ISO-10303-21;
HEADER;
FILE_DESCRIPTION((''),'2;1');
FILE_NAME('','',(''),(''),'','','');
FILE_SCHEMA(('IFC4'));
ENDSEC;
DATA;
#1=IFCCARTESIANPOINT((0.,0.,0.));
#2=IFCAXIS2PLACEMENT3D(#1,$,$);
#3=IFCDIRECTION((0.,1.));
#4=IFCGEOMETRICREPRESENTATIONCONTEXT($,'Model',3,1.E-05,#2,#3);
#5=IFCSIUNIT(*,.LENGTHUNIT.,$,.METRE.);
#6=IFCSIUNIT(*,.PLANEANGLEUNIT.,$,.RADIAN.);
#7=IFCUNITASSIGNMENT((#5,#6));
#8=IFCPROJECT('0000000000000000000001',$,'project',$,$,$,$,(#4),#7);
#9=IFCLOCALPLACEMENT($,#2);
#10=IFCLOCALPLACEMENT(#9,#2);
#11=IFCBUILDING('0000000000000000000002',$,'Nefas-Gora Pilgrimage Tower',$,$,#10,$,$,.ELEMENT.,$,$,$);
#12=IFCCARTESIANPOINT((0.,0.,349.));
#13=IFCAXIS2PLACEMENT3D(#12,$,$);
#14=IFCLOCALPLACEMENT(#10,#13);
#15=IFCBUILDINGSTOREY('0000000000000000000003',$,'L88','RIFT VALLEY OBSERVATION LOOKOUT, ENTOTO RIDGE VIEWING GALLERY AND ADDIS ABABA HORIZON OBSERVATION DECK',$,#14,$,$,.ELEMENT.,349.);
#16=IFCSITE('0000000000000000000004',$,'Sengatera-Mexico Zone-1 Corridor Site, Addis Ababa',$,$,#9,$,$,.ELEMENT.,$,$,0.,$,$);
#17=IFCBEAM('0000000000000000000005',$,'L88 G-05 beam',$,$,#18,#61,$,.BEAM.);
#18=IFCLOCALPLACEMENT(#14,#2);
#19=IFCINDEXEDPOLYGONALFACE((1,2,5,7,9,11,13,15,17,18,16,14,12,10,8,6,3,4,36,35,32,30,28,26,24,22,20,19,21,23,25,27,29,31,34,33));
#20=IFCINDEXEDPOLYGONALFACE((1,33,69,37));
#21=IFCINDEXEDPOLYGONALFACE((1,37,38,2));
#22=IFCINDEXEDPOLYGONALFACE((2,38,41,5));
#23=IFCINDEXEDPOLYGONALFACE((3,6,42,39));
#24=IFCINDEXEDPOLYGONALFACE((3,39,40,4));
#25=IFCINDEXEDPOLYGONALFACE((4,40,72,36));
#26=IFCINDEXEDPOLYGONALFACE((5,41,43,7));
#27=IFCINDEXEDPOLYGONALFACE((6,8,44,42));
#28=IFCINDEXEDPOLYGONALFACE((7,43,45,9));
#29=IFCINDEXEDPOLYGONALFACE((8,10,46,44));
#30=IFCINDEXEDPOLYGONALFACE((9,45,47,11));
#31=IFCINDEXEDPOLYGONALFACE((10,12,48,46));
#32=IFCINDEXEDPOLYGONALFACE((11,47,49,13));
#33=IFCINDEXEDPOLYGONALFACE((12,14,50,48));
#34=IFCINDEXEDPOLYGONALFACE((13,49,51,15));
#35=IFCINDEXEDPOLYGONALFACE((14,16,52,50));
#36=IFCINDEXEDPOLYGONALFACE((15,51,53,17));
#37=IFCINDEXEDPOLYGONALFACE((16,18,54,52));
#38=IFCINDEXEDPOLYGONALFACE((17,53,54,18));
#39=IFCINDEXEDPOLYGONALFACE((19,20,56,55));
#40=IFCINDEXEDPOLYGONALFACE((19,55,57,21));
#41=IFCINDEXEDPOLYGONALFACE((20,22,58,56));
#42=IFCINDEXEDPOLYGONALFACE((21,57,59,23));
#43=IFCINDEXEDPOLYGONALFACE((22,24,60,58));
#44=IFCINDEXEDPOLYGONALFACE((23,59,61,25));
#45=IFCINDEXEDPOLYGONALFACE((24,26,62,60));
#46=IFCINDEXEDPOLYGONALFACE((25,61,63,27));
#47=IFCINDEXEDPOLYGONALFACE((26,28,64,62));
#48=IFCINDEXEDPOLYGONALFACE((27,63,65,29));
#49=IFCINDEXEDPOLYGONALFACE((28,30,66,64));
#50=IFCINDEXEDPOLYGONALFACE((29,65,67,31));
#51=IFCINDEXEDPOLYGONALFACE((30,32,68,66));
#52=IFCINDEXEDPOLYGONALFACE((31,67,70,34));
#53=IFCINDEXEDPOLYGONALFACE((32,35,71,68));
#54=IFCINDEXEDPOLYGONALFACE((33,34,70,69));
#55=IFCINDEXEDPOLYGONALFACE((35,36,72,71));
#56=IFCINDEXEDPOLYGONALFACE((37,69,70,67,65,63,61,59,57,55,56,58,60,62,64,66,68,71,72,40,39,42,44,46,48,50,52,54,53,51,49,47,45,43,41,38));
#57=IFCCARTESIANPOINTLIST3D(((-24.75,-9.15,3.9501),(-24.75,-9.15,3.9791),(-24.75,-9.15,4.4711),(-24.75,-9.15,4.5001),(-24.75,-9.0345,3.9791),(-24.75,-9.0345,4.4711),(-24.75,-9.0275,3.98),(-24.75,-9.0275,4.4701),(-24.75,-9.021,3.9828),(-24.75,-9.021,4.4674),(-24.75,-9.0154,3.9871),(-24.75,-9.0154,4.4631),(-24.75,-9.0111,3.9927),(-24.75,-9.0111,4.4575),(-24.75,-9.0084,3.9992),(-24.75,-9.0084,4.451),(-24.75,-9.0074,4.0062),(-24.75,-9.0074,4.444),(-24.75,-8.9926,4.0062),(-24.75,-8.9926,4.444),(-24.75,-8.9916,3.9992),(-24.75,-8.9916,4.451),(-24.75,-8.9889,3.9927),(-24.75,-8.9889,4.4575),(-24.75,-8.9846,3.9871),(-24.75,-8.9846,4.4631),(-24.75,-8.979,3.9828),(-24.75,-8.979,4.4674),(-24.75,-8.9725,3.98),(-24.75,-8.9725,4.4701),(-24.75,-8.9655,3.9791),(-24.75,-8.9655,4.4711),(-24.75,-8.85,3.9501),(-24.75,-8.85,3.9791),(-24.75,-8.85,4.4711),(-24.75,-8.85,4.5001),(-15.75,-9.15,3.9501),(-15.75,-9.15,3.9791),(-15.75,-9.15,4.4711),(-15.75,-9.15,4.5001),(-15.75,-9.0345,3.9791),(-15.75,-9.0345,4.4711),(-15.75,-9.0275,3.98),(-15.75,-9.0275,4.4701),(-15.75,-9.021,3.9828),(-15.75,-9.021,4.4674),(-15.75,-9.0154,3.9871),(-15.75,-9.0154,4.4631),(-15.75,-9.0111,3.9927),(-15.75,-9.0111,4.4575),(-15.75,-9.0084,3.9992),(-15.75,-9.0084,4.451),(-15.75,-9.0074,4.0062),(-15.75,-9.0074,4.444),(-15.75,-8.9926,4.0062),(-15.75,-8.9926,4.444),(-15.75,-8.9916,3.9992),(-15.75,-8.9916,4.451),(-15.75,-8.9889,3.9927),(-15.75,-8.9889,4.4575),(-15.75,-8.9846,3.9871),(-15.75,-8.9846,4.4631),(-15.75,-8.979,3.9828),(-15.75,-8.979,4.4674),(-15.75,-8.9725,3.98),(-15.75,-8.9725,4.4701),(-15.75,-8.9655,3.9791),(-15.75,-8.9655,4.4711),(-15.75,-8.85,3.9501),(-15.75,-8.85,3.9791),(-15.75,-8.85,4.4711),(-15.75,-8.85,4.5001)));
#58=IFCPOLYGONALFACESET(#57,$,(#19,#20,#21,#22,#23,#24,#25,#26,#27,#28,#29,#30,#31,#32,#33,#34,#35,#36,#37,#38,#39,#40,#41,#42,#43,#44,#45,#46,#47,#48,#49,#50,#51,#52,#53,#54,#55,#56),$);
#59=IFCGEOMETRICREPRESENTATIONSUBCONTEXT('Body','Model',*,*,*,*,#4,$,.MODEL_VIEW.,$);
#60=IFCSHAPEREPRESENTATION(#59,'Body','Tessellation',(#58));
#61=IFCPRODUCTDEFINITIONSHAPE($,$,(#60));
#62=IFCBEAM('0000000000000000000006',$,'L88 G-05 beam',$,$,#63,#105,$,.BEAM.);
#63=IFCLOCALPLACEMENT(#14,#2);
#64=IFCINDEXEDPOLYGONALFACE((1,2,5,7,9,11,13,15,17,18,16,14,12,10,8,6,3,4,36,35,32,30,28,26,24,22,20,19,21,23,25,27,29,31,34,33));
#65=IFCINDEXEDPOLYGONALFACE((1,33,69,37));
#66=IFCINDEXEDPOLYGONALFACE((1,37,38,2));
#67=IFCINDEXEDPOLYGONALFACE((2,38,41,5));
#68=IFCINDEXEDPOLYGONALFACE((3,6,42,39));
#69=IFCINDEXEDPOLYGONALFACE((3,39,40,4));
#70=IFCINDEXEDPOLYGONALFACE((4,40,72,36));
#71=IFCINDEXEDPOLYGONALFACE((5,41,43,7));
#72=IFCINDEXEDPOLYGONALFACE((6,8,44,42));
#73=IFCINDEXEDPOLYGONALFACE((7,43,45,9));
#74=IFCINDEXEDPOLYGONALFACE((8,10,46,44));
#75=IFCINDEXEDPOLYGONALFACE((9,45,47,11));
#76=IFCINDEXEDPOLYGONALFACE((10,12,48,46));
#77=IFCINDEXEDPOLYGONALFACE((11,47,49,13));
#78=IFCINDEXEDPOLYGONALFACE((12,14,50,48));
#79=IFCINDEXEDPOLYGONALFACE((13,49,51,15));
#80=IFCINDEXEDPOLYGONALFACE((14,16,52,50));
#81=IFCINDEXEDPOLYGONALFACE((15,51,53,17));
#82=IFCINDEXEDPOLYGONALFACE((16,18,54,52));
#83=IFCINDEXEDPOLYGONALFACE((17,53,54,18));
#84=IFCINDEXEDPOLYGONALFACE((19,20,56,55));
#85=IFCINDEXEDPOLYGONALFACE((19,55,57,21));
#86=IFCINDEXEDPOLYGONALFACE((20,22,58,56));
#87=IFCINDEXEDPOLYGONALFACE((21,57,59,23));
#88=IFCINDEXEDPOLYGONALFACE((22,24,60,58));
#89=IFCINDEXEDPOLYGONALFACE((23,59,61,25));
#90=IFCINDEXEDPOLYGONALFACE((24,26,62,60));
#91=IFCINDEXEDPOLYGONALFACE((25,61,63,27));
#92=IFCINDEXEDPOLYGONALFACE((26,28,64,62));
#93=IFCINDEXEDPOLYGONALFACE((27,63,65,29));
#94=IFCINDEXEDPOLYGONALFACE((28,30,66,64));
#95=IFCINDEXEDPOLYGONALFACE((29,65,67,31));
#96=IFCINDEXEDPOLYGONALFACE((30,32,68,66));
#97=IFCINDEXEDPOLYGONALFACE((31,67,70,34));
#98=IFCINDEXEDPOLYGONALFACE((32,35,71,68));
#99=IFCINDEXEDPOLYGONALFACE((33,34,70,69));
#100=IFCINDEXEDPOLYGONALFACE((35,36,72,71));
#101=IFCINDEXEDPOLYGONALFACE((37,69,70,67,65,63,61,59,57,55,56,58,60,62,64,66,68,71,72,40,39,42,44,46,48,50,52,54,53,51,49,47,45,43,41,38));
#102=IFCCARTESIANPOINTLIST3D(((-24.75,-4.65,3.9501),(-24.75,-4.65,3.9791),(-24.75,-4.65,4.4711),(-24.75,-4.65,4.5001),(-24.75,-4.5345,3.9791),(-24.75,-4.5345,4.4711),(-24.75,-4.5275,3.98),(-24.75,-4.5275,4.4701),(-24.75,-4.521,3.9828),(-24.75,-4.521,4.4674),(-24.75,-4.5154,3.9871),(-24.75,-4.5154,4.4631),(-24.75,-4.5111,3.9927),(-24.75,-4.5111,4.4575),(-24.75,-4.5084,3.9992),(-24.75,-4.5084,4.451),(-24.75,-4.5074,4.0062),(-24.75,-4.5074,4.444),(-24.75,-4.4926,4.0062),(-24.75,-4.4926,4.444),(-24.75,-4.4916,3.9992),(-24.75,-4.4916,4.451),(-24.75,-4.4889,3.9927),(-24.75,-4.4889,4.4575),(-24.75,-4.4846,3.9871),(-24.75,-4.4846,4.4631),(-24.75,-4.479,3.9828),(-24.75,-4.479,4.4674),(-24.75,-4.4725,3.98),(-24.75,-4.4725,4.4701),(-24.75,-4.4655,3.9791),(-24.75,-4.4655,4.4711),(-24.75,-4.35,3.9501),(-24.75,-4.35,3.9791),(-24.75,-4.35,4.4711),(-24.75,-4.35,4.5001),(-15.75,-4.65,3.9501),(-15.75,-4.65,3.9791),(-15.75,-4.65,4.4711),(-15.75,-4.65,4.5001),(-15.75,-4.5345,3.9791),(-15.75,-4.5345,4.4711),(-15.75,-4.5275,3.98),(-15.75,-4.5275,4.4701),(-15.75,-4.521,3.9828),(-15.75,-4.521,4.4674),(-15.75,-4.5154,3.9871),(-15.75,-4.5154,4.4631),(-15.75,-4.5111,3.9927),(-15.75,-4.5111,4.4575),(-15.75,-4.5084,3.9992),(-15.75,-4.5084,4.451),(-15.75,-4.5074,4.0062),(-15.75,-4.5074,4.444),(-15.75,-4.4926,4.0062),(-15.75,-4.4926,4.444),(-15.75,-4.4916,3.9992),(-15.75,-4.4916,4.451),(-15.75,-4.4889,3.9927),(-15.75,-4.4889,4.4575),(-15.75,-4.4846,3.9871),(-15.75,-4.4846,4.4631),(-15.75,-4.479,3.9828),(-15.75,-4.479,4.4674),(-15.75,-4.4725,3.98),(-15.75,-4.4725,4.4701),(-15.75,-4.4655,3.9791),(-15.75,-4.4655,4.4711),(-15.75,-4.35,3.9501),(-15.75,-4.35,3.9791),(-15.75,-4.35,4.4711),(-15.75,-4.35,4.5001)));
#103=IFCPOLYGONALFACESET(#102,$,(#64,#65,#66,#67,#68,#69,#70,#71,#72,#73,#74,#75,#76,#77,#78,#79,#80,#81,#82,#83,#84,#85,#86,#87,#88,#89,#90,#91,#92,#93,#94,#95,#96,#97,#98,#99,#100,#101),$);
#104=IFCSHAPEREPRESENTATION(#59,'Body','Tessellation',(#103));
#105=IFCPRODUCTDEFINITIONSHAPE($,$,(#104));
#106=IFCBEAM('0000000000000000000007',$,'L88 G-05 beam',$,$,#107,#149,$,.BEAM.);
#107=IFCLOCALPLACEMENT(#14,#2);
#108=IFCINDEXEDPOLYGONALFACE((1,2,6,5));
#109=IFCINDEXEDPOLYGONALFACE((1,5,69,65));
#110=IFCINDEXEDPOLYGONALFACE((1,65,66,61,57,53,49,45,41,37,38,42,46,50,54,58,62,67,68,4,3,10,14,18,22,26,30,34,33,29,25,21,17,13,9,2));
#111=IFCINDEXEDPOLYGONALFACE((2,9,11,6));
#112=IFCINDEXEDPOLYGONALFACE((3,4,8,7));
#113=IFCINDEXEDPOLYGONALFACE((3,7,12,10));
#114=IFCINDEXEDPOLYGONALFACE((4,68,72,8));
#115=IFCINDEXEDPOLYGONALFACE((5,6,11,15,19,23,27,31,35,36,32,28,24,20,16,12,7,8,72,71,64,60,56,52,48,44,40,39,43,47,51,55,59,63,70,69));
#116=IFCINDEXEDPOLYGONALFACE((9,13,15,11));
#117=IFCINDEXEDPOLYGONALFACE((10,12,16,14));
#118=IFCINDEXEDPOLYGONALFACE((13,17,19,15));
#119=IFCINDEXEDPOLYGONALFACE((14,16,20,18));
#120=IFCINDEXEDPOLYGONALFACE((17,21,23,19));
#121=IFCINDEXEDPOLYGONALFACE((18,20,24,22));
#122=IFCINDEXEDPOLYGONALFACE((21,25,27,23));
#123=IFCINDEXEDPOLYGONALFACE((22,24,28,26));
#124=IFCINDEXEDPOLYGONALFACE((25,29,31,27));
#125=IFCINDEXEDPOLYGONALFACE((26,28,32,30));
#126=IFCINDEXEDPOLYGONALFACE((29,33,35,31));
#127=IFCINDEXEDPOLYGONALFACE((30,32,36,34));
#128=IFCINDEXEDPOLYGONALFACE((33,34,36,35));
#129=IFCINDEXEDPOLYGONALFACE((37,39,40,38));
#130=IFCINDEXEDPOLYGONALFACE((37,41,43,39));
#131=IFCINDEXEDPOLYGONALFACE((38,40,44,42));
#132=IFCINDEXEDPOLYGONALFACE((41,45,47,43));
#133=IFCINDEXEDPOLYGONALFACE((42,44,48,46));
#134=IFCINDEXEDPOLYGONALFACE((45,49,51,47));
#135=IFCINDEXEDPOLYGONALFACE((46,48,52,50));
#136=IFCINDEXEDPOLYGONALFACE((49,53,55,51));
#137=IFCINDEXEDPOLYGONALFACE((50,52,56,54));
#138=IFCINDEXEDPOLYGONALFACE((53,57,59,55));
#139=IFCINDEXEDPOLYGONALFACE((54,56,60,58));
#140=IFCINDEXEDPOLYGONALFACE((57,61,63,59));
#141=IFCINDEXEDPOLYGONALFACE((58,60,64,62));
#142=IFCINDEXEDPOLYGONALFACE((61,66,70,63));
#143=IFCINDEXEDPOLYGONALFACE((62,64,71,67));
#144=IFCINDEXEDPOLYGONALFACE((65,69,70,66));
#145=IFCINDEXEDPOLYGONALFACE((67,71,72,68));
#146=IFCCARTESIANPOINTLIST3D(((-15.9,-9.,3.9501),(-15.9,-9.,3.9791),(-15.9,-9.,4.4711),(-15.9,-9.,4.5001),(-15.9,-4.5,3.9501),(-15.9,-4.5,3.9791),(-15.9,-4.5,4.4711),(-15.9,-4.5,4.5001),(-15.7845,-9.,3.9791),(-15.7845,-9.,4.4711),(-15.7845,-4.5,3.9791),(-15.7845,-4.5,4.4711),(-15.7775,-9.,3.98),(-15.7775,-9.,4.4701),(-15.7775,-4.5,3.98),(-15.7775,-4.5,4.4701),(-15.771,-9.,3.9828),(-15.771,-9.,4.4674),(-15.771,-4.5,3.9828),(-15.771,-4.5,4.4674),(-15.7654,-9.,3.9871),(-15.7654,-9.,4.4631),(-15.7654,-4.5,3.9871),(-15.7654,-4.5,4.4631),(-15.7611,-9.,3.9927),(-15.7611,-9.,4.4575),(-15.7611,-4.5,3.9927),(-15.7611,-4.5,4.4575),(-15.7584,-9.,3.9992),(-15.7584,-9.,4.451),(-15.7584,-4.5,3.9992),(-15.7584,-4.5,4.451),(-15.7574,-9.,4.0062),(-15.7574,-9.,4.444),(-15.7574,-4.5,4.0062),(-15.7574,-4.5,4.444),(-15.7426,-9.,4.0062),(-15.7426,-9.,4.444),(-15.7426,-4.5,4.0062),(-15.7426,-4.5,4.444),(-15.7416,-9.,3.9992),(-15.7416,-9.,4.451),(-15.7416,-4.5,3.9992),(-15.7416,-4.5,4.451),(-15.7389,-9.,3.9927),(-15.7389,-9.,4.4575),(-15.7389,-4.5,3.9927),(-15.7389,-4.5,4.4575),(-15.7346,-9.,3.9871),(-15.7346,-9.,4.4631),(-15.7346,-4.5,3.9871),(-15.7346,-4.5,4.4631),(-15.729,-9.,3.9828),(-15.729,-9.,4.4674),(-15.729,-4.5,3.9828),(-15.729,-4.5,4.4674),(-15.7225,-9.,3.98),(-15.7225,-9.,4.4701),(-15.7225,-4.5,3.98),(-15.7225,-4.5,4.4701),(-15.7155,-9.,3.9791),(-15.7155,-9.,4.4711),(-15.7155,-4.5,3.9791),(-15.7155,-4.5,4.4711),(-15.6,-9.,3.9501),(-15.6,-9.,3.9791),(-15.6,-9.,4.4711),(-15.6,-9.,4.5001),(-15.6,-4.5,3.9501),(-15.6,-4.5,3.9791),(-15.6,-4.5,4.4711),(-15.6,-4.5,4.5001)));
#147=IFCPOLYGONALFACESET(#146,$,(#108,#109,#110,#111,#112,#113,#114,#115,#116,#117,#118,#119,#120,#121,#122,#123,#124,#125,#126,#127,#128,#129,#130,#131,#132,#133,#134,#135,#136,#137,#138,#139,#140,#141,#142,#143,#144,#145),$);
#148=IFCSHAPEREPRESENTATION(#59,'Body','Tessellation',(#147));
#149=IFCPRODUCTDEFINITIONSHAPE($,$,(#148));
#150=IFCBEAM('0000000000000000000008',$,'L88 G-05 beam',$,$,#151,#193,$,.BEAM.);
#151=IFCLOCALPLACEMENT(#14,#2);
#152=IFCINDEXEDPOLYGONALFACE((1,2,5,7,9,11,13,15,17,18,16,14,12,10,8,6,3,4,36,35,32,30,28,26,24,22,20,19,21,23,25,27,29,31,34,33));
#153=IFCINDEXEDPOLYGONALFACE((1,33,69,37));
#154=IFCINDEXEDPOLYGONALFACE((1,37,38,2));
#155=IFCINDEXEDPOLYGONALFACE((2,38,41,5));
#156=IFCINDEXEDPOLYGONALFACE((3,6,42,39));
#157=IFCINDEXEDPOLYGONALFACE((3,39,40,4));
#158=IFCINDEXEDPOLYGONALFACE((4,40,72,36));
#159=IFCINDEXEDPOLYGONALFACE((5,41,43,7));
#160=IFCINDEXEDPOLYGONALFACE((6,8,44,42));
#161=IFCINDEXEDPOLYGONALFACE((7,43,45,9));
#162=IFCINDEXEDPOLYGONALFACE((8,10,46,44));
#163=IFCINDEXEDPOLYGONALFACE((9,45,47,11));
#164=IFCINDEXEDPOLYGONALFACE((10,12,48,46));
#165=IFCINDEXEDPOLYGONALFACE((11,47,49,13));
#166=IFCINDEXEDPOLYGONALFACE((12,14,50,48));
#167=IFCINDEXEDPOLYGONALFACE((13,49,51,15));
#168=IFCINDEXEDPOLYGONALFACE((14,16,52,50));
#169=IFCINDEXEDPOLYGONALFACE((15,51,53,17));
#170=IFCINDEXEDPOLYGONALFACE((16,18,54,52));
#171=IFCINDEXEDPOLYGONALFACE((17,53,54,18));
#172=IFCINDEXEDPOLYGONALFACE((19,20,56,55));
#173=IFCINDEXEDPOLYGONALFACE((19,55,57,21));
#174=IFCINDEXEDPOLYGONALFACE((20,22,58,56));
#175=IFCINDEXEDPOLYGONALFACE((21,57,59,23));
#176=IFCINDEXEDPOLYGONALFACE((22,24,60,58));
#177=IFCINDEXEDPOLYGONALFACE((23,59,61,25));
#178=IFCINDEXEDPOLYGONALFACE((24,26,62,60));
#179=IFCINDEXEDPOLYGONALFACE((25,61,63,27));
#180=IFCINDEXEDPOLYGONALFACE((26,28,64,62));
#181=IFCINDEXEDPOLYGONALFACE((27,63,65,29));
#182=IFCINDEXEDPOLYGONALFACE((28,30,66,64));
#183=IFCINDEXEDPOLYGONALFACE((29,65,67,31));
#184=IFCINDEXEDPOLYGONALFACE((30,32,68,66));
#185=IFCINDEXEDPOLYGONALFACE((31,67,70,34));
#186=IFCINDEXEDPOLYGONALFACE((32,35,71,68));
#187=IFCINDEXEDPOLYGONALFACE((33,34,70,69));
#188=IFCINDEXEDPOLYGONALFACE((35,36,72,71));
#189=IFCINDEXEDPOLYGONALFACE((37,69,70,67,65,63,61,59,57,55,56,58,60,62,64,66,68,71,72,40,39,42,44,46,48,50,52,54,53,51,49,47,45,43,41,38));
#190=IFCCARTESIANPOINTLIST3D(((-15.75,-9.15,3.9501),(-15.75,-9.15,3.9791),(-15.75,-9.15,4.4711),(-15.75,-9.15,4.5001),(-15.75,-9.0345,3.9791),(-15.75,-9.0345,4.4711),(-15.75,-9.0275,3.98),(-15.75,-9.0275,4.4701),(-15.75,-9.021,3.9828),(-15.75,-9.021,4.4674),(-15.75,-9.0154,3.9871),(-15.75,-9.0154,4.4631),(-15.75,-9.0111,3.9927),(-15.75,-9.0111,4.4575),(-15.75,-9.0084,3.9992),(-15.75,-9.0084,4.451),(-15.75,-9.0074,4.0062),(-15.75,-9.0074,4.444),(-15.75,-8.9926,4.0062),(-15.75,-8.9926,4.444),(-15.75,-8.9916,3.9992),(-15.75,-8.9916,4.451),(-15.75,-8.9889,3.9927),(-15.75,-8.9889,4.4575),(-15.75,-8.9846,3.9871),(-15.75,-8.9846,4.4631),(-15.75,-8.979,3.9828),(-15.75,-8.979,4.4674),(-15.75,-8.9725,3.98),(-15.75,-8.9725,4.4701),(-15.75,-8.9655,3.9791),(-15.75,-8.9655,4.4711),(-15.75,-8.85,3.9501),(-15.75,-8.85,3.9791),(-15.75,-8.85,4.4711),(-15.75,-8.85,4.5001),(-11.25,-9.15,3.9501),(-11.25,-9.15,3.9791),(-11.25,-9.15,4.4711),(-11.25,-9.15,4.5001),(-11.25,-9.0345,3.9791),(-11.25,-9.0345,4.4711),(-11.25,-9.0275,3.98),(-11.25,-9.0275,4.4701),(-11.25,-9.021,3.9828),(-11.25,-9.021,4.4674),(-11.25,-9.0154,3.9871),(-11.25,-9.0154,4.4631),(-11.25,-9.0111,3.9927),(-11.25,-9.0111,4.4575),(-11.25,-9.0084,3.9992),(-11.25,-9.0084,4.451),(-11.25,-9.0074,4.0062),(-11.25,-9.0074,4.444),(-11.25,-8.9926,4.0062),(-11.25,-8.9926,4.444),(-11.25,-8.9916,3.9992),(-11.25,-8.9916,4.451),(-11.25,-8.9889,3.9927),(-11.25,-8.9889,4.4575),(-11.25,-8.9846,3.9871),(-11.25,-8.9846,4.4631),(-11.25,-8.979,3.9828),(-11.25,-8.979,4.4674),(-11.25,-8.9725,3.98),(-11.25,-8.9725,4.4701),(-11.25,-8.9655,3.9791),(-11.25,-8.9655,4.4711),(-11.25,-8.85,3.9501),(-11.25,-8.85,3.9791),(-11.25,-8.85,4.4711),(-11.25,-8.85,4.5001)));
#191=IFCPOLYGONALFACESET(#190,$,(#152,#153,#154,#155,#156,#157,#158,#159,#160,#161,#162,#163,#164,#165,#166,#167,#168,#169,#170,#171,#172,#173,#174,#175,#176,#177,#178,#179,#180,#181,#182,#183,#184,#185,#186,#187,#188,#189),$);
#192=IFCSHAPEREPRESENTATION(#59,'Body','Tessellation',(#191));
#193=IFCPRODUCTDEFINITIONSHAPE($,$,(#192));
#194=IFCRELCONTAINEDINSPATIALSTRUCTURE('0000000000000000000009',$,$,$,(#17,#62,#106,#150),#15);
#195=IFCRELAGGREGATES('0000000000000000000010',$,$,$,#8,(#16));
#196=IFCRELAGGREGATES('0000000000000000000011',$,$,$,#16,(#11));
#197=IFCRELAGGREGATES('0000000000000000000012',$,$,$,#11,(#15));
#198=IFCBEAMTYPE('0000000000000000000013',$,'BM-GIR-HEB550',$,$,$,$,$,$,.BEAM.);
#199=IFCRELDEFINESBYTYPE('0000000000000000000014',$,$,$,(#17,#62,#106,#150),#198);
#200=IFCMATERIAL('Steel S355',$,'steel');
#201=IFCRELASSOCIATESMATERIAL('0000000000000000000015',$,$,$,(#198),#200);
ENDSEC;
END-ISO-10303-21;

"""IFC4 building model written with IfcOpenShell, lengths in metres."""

from ifc_helpers import new_model, si_unit, direction, frame, origin, origin_2d, place, context, subcontext, project, spatial, i_section, extrude, source, transform, mapped, material, material_profile, profile_set, type_object, element, save


model = new_model("IFC4")

# Units and contexts
model_context = context("Model", 3, precision=1e-05, world=origin(), true_north=direction((0.0, 1.0)))
body_context = subcontext(model_context, "Body", "Model", "MODEL_VIEW")
ifc_project = project(units=[si_unit("LENGTHUNIT", "METRE"), si_unit("PLANEANGLEUNIT", "RADIAN")], contexts=[model_context])

# Site, building, storey
site_placement = place(None, origin())
site = spatial("IfcSite", under=ifc_project, at=site_placement, Name="Sengatera-Mexico Zone-1 Corridor Site, Addis Ababa", CompositionType="ELEMENT", RefElevation=0.0)
building_placement = place(site_placement, origin())
building = spatial("IfcBuilding", under=site, at=building_placement, Name="Nefas-Gora Pilgrimage Tower", CompositionType="ELEMENT")
storey_placement = place(building_placement, frame((0.0, 0.0, 349.0)))
storey = spatial("IfcBuildingStorey", under=building, at=storey_placement, Name="L88", Description="RIFT VALLEY OBSERVATION LOOKOUT, ENTOTO RIDGE VIEWING GALLERY AND ADDIS ABABA HORIZON OBSERVATION DECK", CompositionType="ELEMENT", Elevation=349.0)

# Shared definitions
ifc_material_1 = material(Name="Steel S355", Category="steel")

# Beams
ifc_material_profile_1 = material_profile(ifc_material_1, i_section(OverallWidth=0.3, OverallDepth=0.55, WebThickness=0.0149, FlangeThickness=0.0291, FilletRadius=0.0271, at=origin_2d()), Name="HEB 550")
ifc_profile_set_1 = profile_set([ifc_material_profile_1], Name="Steel S355")
beam_type_1 = type_object("IfcBeamType", Name="BM-GIR-HEB550", PredefinedType="BEAM", material=ifc_profile_set_1)
shared_shape_1 = source(origin(), body_context, "Body", "SweptSolid", [
    extrude(i_section(OverallWidth=0.3, OverallDepth=0.55, WebThickness=0.0149, FlangeThickness=0.0291, FilletRadius=0.0271, at=origin_2d()), origin(), (0.0, 0.0, 1.0), 9.0),
])
for number, where, z_axis, x_axis, name in (
    (1, (-24.75, -9.0, 4.2251), (1.0, 0.0, 0.0), (0.0, 1.0, 0.0), "L88 G-05 beam"),
    (2, (-24.75, -4.5, 4.2251), (1.0, 0.0, 0.0), (0.0, 1.0, 0.0), "L88 G-05 beam"),
):
    element("IfcBeam", number, at=place(storey_placement, frame(where, z_axis=z_axis, x_axis=x_axis)), inside=storey, type_object=beam_type_1, Name=name, PredefinedType="BEAM", context=body_context, shape_type="MappedRepresentation", body=[
        mapped(shared_shape_1, transform((0.0, 0.0, 0.0), x_axis=(1.0, 0.0, 0.0), y_axis=(0.0, 1.0, 0.0), z_axis=(0.0, 0.0, 1.0), scale=1.0)),
    ])
shared_shape_2 = source(origin(), body_context, "Body", "SweptSolid", [
    extrude(i_section(OverallWidth=0.3, OverallDepth=0.55, WebThickness=0.0149, FlangeThickness=0.0291, FilletRadius=0.0271, at=origin_2d()), origin(), (0.0, 0.0, 1.0), 4.5),
])
for number, where, z_axis, x_axis, name in (
    (3, (-15.75, -9.0, 4.2251), (0.0, 1.0, 0.0), (-1.0, 0.0, 0.0), "L88 G-05 beam"),
    (4, (-15.75, -9.0, 4.2251), (1.0, 0.0, 0.0), (0.0, 1.0, 0.0), "L88 G-05 beam"),
):
    element("IfcBeam", number, at=place(storey_placement, frame(where, z_axis=z_axis, x_axis=x_axis)), inside=storey, type_object=beam_type_1, Name=name, PredefinedType="BEAM", context=body_context, shape_type="MappedRepresentation", body=[
        mapped(shared_shape_2, transform((0.0, 0.0, 0.0), x_axis=(1.0, 0.0, 0.0), y_axis=(0.0, 1.0, 0.0), z_axis=(0.0, 0.0, 1.0), scale=1.0)),
    ])

save(model, "model.ifc")
